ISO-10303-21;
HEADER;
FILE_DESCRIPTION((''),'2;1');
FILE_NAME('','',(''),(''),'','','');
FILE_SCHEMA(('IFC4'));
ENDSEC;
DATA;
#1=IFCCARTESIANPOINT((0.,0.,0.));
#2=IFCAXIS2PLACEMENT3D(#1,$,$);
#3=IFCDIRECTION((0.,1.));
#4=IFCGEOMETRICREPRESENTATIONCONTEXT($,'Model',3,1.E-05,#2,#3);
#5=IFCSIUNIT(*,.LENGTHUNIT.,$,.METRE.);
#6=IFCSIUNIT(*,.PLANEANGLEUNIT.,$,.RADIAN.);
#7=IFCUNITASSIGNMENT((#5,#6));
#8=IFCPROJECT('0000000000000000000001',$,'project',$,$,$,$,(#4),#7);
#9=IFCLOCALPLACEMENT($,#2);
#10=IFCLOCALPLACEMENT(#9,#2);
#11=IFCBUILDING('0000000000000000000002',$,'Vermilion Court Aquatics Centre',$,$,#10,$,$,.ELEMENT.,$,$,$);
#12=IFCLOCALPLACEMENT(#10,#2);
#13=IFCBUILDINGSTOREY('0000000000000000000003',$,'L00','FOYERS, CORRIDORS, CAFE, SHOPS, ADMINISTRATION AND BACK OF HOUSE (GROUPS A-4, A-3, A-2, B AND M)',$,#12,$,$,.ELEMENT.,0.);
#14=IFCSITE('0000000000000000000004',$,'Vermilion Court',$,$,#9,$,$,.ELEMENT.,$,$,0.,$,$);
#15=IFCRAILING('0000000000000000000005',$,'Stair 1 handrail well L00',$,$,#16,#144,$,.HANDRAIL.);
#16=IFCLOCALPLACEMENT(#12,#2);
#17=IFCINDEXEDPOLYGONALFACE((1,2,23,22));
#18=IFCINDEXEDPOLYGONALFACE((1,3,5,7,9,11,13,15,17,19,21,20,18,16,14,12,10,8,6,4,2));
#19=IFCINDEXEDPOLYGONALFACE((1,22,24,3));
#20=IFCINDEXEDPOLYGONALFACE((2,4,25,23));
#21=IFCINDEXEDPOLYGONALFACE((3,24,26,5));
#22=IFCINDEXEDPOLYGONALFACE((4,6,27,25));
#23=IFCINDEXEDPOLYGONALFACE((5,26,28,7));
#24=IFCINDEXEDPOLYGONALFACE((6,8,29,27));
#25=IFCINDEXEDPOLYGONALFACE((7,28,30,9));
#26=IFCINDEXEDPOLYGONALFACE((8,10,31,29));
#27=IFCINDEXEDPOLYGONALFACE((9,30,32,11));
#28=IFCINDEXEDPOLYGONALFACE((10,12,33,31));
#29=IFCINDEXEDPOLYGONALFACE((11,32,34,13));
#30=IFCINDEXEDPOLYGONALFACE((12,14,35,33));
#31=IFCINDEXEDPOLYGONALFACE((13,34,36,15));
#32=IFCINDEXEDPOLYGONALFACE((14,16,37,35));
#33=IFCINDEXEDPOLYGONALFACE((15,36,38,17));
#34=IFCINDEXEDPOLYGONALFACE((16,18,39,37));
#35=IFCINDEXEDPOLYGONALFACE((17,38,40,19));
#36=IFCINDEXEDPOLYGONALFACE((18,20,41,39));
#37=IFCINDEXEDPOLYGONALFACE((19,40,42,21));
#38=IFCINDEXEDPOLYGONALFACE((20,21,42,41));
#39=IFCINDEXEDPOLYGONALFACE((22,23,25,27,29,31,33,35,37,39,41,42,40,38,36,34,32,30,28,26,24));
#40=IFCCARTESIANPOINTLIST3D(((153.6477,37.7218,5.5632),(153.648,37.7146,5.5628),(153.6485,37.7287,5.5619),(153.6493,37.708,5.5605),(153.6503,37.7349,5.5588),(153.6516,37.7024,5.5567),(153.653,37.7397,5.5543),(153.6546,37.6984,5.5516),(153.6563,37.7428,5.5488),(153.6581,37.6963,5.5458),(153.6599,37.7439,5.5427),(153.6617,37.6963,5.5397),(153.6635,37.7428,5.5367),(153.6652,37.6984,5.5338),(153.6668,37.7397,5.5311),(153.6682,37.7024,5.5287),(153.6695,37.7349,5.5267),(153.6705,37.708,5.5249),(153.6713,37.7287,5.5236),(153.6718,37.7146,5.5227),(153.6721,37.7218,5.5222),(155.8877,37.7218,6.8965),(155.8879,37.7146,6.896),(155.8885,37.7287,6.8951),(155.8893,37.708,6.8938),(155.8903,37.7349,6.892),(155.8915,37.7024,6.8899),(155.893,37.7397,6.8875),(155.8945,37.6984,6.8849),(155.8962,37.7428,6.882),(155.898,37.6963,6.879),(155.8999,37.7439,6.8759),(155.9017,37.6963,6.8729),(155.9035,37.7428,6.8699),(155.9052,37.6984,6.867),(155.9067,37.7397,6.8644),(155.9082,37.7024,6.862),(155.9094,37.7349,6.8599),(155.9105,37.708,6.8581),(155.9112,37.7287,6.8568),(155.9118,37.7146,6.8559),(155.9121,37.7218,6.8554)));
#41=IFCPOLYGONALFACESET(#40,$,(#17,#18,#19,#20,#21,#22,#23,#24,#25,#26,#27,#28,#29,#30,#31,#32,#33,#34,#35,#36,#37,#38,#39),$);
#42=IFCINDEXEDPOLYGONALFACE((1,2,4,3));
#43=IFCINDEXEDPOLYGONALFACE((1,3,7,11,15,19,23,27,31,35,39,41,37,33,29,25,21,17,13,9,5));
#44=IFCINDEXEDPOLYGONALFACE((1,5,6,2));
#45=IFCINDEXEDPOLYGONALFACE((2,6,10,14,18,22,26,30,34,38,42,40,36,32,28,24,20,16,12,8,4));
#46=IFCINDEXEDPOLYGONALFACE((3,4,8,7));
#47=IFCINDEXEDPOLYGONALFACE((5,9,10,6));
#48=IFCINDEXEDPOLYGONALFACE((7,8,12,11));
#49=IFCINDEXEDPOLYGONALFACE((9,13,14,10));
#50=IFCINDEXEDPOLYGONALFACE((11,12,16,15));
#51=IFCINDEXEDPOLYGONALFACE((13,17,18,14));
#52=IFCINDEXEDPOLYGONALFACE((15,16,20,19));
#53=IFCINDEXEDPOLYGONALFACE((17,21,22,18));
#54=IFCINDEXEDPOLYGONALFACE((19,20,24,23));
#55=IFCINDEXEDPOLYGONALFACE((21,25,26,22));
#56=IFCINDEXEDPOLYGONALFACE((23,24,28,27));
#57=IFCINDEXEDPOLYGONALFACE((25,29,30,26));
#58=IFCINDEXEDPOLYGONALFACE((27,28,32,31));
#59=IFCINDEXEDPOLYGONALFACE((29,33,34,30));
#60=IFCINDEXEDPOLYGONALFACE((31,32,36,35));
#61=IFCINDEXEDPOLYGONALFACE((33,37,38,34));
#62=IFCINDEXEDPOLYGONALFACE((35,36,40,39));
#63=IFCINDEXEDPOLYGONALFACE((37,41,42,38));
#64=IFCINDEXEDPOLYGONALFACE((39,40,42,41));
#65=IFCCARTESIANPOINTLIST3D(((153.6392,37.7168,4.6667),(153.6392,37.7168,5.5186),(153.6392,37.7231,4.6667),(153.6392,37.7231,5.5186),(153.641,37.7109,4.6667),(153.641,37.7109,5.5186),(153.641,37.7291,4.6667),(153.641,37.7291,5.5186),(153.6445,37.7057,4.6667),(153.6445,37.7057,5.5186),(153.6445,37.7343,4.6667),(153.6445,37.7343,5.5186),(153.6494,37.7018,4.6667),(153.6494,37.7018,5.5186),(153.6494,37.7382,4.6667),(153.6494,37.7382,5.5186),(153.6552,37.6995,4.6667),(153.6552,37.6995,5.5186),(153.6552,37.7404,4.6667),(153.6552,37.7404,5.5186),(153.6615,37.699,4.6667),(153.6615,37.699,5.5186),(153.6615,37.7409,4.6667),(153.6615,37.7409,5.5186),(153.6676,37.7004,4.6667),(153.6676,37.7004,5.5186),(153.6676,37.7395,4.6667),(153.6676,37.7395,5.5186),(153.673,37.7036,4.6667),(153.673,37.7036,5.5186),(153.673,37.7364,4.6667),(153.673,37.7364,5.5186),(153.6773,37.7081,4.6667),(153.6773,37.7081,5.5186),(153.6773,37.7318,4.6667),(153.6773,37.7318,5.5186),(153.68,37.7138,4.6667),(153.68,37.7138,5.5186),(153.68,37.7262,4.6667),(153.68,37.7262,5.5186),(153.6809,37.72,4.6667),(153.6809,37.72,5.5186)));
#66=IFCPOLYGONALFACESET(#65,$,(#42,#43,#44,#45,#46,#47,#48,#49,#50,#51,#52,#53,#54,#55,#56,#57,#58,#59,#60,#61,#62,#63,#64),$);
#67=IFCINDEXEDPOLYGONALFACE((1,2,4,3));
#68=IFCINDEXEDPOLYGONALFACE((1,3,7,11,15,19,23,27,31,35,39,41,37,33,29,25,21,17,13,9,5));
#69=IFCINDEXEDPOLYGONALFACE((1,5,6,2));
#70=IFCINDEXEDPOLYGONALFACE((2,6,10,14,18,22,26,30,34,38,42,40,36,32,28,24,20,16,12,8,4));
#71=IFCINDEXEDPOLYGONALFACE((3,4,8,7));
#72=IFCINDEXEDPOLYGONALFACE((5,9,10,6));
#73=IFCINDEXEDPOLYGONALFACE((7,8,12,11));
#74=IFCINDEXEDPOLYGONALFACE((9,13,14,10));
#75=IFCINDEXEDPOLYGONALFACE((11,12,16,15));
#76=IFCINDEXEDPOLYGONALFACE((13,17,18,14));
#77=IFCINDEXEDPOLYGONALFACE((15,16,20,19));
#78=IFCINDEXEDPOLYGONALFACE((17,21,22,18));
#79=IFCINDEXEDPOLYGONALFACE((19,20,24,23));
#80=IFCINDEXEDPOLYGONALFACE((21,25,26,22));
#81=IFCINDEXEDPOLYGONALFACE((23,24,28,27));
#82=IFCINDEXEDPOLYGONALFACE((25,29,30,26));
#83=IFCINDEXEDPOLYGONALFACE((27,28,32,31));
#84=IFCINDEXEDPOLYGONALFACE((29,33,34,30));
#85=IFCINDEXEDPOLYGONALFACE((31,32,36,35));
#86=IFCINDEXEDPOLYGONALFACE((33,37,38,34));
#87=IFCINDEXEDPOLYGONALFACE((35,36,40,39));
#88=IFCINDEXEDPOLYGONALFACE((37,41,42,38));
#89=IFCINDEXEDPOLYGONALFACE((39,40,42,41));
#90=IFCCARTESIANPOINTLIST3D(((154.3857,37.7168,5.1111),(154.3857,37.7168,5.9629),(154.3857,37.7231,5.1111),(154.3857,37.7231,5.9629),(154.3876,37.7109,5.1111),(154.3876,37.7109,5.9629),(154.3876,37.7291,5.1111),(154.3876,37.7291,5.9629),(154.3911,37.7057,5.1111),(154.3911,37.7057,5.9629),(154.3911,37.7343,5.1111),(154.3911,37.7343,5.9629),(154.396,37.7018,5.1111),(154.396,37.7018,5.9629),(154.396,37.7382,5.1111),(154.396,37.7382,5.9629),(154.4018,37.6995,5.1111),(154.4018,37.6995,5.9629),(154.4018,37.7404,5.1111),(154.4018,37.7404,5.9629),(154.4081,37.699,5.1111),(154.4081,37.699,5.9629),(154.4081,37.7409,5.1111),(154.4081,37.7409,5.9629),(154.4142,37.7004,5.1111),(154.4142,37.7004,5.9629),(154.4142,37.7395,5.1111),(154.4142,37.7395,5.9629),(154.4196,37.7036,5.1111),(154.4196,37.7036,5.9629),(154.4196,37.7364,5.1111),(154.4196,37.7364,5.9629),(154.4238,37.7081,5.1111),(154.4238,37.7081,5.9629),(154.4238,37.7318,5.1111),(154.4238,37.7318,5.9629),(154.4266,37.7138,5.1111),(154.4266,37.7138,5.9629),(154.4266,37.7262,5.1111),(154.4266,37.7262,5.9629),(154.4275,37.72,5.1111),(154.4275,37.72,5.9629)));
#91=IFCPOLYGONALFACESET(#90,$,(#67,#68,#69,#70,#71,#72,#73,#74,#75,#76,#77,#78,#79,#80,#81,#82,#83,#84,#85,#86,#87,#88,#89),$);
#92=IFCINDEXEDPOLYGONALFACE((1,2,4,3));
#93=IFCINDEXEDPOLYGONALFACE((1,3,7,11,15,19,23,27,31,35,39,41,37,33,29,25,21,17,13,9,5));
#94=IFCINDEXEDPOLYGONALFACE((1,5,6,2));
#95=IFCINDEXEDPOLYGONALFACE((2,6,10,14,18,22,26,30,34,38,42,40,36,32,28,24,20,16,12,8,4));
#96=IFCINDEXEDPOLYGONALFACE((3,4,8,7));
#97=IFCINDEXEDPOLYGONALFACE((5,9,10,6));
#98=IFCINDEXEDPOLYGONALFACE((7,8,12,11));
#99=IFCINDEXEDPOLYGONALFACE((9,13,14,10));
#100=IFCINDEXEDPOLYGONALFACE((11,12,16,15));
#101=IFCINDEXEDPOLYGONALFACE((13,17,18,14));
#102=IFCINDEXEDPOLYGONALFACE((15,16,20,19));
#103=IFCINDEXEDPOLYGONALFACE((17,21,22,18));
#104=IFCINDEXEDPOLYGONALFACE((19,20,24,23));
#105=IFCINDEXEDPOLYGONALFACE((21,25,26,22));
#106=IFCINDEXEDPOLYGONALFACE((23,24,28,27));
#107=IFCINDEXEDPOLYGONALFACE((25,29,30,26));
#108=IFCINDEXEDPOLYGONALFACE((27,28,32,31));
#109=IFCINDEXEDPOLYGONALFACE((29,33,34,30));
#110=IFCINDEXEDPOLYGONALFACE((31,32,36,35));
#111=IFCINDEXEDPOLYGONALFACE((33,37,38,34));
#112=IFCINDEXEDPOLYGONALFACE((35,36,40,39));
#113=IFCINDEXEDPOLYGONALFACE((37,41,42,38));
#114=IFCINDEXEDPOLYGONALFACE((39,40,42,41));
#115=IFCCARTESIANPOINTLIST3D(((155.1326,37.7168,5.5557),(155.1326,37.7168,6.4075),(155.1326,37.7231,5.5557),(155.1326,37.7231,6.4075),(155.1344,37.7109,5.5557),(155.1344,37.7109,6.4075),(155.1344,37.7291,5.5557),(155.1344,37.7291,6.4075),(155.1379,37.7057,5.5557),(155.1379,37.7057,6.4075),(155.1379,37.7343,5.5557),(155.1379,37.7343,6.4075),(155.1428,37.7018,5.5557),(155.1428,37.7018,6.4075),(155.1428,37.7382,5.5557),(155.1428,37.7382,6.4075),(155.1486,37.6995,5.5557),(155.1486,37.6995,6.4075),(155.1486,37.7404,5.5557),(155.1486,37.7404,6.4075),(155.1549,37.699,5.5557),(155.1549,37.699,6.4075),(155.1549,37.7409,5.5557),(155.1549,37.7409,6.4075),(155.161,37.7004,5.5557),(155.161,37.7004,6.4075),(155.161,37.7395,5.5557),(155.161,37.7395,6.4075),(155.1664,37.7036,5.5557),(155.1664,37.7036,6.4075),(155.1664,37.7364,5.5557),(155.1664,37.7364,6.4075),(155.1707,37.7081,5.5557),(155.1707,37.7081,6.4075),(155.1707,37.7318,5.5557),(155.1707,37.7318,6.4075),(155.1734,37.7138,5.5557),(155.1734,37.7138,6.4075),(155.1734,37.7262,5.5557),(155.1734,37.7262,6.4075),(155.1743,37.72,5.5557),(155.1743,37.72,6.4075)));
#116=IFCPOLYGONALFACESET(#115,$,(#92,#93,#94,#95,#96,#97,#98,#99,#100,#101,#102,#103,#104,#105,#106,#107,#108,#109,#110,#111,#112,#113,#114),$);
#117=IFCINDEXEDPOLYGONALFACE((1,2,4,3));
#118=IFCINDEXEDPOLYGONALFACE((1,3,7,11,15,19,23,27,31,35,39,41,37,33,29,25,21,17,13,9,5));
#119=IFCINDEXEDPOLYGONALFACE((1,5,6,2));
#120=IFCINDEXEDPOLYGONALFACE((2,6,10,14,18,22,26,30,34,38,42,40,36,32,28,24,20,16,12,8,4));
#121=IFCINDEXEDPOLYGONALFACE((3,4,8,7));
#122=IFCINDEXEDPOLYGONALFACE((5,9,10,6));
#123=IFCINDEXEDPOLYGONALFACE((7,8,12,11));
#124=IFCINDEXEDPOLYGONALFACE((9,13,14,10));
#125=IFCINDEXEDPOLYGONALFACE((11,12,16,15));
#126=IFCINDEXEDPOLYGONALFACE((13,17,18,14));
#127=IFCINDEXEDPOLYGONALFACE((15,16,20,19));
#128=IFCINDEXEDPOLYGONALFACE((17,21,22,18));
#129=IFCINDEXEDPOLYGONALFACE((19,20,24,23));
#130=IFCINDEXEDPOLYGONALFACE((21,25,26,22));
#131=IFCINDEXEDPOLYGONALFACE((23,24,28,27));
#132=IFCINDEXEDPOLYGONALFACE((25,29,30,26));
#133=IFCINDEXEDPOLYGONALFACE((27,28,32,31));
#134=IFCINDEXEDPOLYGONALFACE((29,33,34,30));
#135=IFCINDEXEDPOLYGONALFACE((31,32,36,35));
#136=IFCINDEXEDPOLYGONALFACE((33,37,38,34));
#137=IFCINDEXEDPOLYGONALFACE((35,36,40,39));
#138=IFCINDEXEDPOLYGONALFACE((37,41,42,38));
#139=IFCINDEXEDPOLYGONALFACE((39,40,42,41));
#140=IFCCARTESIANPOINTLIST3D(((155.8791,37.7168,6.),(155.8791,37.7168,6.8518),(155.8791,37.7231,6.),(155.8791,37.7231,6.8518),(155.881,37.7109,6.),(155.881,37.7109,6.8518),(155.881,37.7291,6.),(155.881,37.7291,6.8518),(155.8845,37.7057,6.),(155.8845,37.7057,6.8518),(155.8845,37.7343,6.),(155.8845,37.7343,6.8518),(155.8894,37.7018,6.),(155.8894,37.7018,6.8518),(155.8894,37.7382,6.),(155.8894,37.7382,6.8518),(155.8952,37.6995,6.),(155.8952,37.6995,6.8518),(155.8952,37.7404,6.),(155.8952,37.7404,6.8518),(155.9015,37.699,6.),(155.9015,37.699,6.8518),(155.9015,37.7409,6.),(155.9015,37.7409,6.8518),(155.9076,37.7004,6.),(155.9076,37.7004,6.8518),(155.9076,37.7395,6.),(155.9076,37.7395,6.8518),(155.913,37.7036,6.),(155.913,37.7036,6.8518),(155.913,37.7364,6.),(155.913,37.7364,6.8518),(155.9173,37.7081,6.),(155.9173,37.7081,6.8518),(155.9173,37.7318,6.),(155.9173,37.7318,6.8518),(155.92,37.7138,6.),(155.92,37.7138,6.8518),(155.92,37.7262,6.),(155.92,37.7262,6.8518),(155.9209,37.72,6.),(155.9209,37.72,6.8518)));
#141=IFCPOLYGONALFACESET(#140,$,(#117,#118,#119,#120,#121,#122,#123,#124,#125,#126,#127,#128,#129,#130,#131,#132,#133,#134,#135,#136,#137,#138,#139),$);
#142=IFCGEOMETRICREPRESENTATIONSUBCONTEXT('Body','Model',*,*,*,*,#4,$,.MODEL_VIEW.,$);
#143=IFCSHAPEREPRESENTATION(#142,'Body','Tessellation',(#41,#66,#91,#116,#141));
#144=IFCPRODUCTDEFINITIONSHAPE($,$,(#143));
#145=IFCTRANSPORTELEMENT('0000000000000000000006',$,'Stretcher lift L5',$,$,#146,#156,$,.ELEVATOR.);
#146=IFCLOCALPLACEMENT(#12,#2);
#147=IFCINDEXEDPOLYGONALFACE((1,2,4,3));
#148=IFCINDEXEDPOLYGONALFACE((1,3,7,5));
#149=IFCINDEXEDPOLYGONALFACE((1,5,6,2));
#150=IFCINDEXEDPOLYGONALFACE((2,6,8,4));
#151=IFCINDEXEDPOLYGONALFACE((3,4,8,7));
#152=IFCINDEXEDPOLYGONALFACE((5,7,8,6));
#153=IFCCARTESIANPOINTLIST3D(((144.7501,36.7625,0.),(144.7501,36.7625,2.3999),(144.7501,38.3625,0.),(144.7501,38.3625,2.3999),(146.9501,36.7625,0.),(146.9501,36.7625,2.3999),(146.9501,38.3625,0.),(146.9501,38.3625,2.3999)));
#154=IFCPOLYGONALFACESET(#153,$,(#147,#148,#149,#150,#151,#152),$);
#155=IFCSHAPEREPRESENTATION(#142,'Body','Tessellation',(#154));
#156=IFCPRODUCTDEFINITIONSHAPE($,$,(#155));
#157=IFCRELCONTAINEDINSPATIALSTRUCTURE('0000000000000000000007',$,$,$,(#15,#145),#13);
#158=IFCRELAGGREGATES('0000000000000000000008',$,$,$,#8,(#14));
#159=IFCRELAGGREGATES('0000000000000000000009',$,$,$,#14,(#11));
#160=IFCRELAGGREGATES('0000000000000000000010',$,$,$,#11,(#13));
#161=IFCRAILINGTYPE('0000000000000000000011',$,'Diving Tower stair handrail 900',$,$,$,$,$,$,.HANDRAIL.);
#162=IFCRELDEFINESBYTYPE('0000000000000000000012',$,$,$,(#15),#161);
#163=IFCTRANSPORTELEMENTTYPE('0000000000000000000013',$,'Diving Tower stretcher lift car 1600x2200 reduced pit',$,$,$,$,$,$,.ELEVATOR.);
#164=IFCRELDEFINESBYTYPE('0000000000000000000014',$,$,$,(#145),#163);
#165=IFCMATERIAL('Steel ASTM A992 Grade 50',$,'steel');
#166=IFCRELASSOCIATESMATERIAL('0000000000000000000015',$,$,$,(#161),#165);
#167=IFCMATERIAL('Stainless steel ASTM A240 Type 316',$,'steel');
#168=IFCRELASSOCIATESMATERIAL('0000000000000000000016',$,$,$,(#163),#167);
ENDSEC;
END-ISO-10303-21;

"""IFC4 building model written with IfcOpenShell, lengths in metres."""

from ifc_helpers import new_model, si_unit, direction, frame, origin, origin_2d, place, context, subcontext, project, spatial, rectangle, circle, extrude, material, type_object, element, save


model = new_model("IFC4")

# Units and contexts
model_context = context("Model", 3, precision=1e-05, world=origin(), true_north=direction((0.0, 1.0)))
body_context = subcontext(model_context, "Body", "Model", "MODEL_VIEW")
ifc_project = project(units=[si_unit("LENGTHUNIT", "METRE"), si_unit("PLANEANGLEUNIT", "RADIAN")], contexts=[model_context])

# Site, building, storey
site_placement = place(None, origin())
site = spatial("IfcSite", under=ifc_project, at=site_placement, Name="Vermilion Court", CompositionType="ELEMENT", RefElevation=0.0)
building_placement = place(site_placement, origin())
building = spatial("IfcBuilding", under=site, at=building_placement, Name="Vermilion Court Aquatics Centre", CompositionType="ELEMENT")
storey_placement = place(building_placement, origin())
storey = spatial("IfcBuildingStorey", under=building, at=storey_placement, Name="L00", Description="FOYERS, CORRIDORS, CAFE, SHOPS, ADMINISTRATION AND BACK OF HOUSE (GROUPS A-4, A-3, A-2, B AND M)", CompositionType="ELEMENT", Elevation=0.0)

# Railing
ifc_material_1 = material(Name="Steel ASTM A992 Grade 50", Category="steel")
railing_type = type_object("IfcRailingType", Name="Diving Tower stair handrail 900", PredefinedType="HANDRAIL", material=ifc_material_1)
for number, where, name in (
    (1, (153.6599, 37.72, 4.6667), "Stair 1 handrail well L00"),
):
    element("IfcRailing", number, at=place(storey_placement, frame(where)), inside=storey, type_object=railing_type, Name=name, PredefinedType="HANDRAIL", context=body_context, shape_type="SweptSolid", body=[
        extrude(circle(Radius=0.0239, at=origin_2d()), frame((0.0, 0.0, 0.876), z_axis=(0.859306, 0.0, 0.511462), x_axis=(0.0, 1.0, 0.0)), (0.0, 0.0, 1.0), 2.6067),
        extrude(circle(Radius=0.021, at=origin_2d()), origin(), (0.0, 0.0, 1.0), 0.8518),
        extrude(circle(Radius=0.021, at=origin_2d()), frame((0.7466, 0.0, 0.4443)), (0.0, 0.0, 1.0), 0.8518),
        extrude(circle(Radius=0.021, at=origin_2d()), frame((1.4934, 0.0, 0.8889)), (0.0, 0.0, 1.0), 0.8518),
        extrude(circle(Radius=0.021, at=origin_2d()), frame((2.24, 0.0, 1.3333)), (0.0, 0.0, 1.0), 0.8518),
    ])

# Transport element
ifc_material_2 = material(Name="Stainless steel ASTM A240 Type 316", Category="steel")
transport_element_type = type_object("IfcTransportElementType", Name="Diving Tower stretcher lift car 1600x2200 reduced pit", PredefinedType="ELEVATOR", material=ifc_material_2)
transport_element_placement = place(storey_placement, frame((145.8501, 37.5625, 0.0), z_axis=(0.0, 0.0, 1.0), x_axis=(1.0, 0.0, 0.0)))
element("IfcTransportElement", 2, at=transport_element_placement, inside=storey, type_object=transport_element_type, Name="Stretcher lift L5", PredefinedType="ELEVATOR", context=body_context, shape_type="SweptSolid", body=[
    extrude(rectangle(XDim=2.2, YDim=1.6001, at=origin_2d()), origin(), (0.0, 0.0, 1.0), 2.3999),
])

save(model, "model.ifc")
